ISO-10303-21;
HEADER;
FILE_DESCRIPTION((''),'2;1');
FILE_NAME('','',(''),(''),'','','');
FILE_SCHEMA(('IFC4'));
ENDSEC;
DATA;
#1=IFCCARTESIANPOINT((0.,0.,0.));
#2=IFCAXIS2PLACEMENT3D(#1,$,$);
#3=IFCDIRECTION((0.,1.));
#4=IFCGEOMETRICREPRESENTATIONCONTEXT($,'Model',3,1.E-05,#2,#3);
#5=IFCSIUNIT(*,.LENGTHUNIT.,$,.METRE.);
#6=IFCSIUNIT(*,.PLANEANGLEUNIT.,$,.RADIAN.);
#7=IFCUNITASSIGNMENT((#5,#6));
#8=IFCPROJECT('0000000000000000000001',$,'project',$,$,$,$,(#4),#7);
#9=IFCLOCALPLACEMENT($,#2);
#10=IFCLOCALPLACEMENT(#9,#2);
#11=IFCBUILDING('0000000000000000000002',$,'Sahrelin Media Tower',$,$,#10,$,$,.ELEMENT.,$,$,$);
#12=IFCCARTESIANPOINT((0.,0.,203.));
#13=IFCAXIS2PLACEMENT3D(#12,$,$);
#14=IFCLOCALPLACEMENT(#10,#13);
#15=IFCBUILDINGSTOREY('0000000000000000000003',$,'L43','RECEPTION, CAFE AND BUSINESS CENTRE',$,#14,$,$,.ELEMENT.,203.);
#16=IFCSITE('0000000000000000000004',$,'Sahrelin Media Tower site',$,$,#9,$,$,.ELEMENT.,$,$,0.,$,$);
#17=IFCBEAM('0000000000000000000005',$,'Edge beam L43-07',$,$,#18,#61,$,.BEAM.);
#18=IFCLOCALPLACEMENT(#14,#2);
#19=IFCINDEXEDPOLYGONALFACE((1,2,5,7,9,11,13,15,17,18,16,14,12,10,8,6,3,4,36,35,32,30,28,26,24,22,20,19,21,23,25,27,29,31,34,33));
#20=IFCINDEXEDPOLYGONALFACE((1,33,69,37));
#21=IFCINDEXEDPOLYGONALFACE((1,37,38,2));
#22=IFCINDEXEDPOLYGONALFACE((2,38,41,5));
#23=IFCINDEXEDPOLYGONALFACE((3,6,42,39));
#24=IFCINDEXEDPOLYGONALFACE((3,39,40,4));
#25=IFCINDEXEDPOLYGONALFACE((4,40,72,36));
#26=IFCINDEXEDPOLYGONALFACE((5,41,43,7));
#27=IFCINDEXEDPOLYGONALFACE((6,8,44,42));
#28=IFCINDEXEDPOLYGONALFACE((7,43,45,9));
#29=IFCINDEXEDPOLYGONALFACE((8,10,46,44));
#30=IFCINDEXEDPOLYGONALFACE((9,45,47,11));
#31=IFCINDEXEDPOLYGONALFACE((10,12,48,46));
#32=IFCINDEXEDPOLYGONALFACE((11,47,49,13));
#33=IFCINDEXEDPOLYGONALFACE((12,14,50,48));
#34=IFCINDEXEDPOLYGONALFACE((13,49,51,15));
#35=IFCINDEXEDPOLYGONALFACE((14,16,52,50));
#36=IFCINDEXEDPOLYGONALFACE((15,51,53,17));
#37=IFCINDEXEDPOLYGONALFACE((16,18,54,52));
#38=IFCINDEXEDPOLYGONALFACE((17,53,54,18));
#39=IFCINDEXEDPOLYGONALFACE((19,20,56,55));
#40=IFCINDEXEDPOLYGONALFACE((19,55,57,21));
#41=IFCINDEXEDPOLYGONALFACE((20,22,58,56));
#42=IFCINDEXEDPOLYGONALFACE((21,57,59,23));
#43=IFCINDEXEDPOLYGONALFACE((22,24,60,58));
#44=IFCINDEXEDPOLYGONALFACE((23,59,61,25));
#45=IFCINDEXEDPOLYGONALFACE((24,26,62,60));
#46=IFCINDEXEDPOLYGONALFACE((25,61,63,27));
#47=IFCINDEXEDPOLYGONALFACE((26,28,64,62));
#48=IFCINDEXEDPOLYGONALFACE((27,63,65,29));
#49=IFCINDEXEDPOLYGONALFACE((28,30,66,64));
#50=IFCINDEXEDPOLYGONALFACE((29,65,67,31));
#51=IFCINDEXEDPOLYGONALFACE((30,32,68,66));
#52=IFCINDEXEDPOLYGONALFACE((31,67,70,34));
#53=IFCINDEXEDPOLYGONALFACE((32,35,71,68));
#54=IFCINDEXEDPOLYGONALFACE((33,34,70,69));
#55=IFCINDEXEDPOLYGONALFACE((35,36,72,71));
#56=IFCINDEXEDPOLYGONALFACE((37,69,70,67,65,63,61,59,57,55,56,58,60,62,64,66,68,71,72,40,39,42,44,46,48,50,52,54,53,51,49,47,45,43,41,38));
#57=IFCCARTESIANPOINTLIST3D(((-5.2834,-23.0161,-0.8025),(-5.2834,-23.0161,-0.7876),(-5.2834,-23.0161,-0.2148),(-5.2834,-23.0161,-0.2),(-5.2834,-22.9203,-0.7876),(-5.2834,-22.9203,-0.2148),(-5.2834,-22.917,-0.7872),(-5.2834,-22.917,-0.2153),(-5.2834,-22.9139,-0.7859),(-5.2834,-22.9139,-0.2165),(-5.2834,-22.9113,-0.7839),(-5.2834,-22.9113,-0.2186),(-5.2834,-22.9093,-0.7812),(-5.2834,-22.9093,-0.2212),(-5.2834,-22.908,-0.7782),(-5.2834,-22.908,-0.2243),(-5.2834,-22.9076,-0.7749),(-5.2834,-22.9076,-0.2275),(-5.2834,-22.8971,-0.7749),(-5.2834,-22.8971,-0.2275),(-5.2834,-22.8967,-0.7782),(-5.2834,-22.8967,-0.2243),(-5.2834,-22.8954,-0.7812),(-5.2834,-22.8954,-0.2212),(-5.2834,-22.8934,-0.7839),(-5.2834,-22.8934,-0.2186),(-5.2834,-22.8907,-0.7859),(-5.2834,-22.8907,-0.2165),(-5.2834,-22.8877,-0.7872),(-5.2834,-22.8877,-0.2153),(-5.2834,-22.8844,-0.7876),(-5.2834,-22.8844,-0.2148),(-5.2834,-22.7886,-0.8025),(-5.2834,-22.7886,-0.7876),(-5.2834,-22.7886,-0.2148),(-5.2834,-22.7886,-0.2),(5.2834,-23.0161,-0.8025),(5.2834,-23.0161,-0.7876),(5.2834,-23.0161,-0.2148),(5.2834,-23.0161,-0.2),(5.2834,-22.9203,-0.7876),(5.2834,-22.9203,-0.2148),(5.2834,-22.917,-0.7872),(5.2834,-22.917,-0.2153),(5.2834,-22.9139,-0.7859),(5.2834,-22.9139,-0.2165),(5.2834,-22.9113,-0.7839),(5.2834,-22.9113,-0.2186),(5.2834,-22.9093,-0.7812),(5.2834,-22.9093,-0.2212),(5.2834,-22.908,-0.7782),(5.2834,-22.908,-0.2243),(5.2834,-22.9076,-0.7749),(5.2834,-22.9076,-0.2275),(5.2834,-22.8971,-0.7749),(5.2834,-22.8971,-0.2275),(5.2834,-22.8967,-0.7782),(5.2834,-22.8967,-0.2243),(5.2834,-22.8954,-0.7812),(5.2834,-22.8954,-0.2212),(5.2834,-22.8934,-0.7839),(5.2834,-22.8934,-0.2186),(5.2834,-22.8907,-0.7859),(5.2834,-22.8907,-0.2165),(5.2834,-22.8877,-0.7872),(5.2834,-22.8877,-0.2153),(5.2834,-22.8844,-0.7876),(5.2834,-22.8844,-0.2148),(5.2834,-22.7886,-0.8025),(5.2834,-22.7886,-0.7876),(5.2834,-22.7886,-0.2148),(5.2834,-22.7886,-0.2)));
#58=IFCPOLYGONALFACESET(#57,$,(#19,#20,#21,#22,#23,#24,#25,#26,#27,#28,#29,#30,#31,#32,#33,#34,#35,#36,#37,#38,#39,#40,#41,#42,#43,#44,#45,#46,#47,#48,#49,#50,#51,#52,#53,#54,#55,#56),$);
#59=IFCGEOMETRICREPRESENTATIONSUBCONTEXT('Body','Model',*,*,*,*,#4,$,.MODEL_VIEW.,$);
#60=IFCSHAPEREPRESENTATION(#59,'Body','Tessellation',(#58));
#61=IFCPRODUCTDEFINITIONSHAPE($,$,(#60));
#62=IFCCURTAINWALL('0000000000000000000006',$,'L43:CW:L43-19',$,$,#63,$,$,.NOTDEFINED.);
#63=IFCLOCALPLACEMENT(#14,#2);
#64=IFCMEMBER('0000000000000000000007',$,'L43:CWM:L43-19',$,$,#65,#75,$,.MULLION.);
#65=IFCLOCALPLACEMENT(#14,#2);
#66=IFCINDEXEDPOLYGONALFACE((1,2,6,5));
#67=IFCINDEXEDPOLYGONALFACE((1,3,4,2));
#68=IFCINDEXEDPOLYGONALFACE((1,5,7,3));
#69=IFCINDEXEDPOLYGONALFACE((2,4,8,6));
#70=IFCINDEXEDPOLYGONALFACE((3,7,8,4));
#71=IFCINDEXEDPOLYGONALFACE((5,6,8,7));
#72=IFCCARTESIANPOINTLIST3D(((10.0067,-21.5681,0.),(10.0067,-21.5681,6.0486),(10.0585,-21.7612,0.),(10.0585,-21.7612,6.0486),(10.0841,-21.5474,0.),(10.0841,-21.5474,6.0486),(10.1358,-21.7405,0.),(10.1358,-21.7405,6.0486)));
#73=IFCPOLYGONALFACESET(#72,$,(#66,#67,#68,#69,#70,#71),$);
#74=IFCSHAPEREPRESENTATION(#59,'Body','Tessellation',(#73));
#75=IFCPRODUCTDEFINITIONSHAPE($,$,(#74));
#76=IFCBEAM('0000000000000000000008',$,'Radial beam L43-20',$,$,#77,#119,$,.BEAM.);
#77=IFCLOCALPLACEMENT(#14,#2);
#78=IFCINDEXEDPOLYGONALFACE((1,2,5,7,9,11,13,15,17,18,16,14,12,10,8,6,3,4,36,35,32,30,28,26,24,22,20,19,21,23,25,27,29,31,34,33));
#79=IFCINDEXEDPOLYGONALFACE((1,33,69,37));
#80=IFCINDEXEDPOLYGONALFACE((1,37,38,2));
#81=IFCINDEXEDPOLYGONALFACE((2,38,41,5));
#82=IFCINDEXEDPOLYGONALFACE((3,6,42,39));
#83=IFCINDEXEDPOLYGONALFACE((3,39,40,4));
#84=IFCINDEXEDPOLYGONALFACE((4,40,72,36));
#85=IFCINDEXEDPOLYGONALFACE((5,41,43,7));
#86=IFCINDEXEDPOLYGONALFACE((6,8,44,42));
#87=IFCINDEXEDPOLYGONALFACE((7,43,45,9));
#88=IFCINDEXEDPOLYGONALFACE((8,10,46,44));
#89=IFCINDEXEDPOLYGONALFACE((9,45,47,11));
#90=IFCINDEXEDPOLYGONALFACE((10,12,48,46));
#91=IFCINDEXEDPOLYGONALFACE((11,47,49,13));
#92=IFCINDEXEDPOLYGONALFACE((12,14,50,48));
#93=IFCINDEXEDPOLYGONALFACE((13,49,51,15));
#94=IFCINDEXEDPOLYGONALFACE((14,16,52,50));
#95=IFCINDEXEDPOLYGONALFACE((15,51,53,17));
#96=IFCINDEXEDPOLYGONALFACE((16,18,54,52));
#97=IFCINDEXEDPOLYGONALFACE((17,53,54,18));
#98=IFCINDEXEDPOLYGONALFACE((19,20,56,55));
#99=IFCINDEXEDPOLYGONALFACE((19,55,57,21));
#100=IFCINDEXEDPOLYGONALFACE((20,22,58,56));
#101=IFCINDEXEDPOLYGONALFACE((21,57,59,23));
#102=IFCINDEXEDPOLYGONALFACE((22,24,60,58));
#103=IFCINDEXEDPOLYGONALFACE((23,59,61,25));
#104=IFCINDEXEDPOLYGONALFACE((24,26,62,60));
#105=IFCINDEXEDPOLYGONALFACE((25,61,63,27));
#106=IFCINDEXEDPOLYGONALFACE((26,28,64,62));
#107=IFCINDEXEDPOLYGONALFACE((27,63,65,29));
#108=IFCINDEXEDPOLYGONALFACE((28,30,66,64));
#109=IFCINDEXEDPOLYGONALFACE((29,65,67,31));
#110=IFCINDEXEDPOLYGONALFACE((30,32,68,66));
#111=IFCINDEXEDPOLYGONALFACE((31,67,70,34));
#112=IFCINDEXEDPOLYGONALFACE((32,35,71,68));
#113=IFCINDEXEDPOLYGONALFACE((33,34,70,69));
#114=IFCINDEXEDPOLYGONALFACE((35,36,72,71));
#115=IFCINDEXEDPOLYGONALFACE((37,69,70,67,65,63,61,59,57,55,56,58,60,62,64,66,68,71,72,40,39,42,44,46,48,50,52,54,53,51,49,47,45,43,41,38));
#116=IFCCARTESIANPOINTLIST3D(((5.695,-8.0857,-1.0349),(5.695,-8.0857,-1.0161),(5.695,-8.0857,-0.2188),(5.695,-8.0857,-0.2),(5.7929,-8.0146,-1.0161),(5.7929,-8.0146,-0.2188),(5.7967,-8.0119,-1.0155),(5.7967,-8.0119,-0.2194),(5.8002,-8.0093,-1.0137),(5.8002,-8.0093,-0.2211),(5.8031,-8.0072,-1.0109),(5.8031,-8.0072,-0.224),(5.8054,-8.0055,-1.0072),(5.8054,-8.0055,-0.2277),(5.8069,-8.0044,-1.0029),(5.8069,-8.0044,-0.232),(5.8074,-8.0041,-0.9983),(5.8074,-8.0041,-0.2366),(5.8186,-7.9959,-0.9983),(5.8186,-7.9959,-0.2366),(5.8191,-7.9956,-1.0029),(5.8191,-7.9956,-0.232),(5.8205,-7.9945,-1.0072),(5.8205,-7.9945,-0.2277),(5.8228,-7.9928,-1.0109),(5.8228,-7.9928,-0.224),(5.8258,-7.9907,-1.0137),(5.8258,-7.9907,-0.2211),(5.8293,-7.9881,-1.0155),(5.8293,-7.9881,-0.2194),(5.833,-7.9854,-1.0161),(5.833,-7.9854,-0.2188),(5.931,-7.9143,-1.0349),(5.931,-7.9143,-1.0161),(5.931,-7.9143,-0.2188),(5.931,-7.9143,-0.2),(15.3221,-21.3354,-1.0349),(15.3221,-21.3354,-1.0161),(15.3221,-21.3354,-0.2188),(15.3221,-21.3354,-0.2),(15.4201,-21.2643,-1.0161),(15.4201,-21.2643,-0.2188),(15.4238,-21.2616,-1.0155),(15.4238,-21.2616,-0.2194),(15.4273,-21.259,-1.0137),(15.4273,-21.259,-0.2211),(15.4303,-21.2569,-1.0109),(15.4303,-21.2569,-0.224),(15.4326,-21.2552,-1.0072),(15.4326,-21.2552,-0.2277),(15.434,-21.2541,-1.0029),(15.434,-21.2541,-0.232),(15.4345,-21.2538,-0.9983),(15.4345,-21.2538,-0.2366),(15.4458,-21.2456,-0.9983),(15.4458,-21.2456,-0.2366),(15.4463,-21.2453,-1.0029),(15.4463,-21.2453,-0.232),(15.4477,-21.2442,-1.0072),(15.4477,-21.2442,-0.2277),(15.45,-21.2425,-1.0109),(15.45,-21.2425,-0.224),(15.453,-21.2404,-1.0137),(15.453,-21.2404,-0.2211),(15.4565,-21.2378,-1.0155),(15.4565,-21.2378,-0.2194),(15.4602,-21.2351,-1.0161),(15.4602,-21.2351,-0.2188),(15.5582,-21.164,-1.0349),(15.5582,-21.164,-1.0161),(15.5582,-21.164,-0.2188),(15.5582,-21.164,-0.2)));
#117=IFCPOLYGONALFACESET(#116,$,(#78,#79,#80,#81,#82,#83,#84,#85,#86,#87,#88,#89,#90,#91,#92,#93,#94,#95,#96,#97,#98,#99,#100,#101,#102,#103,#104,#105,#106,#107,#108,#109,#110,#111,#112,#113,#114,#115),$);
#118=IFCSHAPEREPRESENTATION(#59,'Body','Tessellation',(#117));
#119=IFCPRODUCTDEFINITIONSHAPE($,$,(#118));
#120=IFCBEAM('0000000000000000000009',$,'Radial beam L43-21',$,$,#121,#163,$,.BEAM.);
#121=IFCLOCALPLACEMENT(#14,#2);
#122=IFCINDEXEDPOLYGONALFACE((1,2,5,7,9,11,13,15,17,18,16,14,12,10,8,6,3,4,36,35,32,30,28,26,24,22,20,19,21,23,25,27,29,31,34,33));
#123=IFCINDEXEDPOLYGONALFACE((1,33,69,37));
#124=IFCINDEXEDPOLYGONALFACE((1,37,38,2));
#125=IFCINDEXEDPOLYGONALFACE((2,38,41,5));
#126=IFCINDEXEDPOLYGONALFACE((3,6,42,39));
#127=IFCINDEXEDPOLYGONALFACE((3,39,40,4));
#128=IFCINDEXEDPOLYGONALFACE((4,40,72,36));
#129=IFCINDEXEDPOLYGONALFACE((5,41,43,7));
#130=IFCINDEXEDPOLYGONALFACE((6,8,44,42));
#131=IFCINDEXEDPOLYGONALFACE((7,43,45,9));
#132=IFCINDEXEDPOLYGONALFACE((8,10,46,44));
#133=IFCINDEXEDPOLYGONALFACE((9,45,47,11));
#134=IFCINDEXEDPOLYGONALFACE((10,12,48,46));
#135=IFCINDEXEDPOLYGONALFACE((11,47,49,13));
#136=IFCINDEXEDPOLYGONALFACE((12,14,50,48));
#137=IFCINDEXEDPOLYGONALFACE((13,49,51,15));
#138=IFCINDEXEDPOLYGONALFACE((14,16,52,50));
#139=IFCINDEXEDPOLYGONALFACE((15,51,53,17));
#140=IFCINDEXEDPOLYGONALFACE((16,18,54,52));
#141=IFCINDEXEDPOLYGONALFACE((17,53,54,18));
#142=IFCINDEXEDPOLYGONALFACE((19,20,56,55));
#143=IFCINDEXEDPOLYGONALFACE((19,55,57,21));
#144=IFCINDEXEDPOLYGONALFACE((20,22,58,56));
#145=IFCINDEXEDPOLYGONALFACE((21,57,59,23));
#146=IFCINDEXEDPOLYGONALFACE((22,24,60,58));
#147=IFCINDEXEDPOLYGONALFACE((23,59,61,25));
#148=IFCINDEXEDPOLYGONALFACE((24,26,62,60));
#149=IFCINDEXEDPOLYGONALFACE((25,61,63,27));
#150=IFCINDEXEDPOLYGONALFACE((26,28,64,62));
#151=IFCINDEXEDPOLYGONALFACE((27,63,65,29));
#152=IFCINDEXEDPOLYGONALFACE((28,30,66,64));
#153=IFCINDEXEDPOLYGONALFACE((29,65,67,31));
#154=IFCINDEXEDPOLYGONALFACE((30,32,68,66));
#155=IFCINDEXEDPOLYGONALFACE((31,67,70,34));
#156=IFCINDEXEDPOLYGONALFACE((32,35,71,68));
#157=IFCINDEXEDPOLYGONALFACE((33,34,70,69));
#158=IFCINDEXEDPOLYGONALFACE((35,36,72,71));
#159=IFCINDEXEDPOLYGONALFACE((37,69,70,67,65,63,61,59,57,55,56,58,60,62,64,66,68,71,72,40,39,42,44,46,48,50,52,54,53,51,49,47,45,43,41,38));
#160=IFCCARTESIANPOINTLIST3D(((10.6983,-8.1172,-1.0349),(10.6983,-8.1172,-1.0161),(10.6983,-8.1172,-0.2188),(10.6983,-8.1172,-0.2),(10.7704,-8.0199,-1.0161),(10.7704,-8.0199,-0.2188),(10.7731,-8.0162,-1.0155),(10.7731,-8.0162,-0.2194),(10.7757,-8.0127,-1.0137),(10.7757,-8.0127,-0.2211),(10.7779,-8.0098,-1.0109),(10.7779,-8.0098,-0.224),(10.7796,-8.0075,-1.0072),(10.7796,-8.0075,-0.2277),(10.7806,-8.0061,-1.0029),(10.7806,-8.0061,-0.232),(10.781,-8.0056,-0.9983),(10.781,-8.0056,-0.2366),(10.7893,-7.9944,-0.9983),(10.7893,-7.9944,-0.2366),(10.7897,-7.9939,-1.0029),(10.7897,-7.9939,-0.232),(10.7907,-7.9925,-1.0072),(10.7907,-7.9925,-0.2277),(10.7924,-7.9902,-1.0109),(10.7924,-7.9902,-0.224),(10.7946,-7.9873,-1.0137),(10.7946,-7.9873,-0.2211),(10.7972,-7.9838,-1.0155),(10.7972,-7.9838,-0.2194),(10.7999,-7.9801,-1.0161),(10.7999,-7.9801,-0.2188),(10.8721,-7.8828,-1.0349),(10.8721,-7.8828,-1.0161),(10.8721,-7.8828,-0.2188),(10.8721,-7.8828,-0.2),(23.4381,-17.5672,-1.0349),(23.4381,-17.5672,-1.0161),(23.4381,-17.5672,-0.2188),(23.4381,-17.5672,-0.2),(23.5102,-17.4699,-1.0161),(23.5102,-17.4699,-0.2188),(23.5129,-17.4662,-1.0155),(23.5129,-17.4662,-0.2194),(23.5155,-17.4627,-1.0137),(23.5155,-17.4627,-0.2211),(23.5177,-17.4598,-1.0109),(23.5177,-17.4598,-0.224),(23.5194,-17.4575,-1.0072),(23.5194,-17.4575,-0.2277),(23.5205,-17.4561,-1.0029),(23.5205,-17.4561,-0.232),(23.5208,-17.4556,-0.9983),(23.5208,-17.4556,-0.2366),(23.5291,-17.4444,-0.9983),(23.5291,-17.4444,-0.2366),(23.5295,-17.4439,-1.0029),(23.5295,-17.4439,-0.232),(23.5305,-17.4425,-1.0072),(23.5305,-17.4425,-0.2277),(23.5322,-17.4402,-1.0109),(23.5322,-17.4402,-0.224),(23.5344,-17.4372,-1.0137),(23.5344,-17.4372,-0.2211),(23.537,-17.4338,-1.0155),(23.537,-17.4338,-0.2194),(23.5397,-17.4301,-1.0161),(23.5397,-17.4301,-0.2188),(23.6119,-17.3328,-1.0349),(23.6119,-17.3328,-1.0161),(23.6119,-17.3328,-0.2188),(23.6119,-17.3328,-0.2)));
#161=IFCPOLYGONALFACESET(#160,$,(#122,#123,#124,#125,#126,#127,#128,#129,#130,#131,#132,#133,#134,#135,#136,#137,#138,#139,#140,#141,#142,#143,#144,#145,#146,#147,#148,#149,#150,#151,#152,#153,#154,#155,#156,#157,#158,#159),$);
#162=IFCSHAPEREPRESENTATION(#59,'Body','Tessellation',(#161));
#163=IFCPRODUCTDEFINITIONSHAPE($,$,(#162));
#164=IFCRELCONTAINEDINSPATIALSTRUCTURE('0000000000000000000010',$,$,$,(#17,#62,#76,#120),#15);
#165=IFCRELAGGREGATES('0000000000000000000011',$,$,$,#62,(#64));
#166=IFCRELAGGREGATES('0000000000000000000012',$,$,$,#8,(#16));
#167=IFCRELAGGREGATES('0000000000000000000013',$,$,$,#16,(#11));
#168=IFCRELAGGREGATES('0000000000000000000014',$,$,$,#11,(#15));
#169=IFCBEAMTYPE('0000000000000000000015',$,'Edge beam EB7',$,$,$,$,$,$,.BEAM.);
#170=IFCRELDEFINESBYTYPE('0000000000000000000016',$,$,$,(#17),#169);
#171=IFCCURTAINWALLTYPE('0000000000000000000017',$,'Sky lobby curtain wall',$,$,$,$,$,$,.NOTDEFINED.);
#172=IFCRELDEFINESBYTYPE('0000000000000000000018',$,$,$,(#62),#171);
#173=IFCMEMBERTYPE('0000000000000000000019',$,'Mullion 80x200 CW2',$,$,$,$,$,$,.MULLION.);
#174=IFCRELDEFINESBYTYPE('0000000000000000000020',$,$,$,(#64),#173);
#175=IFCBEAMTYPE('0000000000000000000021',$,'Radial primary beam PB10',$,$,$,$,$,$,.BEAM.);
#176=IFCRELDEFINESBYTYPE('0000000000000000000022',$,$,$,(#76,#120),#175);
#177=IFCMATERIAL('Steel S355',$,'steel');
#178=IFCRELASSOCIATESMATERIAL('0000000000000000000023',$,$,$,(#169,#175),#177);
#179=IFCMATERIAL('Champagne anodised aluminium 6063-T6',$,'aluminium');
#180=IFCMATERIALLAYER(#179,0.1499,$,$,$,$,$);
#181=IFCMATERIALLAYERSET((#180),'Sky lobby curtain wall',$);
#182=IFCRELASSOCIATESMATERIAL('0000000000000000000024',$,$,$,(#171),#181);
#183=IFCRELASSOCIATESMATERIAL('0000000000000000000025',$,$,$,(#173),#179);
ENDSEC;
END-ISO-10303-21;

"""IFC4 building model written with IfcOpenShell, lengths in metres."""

from ifc_helpers import new_model, si_unit, direction, frame, origin, origin_2d, place, context, subcontext, project, spatial, rectangle, i_section, extrude, material, layer, layer_set, material_profile, profile_set, type_object, element, aggregate, save


model = new_model("IFC4")

# Units and contexts
model_context = context("Model", 3, precision=1e-05, world=origin(), true_north=direction((0.0, 1.0)))
body_context = subcontext(model_context, "Body", "Model", "MODEL_VIEW")
ifc_project = project(units=[si_unit("LENGTHUNIT", "METRE"), si_unit("PLANEANGLEUNIT", "RADIAN")], contexts=[model_context])

# Site, building, storey
site_placement = place(None, origin())
site = spatial("IfcSite", under=ifc_project, at=site_placement, Name="Sahrelin Media Tower site", CompositionType="ELEMENT", RefElevation=0.0)
building_placement = place(site_placement, origin())
building = spatial("IfcBuilding", under=site, at=building_placement, Name="Sahrelin Media Tower", CompositionType="ELEMENT")
storey_placement = place(building_placement, frame((0.0, 0.0, 203.0)))
storey = spatial("IfcBuildingStorey", under=building, at=storey_placement, Name="L43", Description="RECEPTION, CAFE AND BUSINESS CENTRE", CompositionType="ELEMENT", Elevation=203.0)

# Beam
ifc_material_1 = material(Name="Steel S355", Category="steel")
ifc_material_profile_1 = material_profile(ifc_material_1, i_section(OverallWidth=0.2275, OverallDepth=0.6025, WebThickness=0.0105, FlangeThickness=0.0149, FilletRadius=0.0127, at=origin_2d()), Name="UB 610x229x101")
ifc_profile_set_1 = profile_set([ifc_material_profile_1], Name="Steel S355")
beam_type_1 = type_object("IfcBeamType", Name="Edge beam EB7", PredefinedType="BEAM", material=ifc_profile_set_1)
beam_1_placement = place(storey_placement, frame((5.2834, -22.9023, -0.5012), z_axis=(-1.0, 0.0, 0.0), x_axis=(0.0, -1.0, 0.0)))
element("IfcBeam", 1, at=beam_1_placement, inside=storey, type_object=beam_type_1, Name="Edge beam L43-07", PredefinedType="BEAM", context=body_context, shape_type="SweptSolid", body=[
    extrude(i_section(OverallWidth=0.2275, OverallDepth=0.6025, WebThickness=0.0105, FlangeThickness=0.0149, FilletRadius=0.0127, at=origin_2d()), origin(), (0.0, 0.0, 1.0), 10.5669),
])

# Curtain wall, member
ifc_material_2 = material(Name="Champagne anodised aluminium 6063-T6", Category="aluminium")
ifc_layer_1 = layer(ifc_material_2, 0.1499)
ifc_layer_set_1 = layer_set([ifc_layer_1], Name="Sky lobby curtain wall")
curtain_wall_type = type_object("IfcCurtainWallType", Name="Sky lobby curtain wall", PredefinedType="NOTDEFINED", material=ifc_layer_set_1)
curtain_wall_placement = place(storey_placement, frame((10.1023, -21.7705, 0.0), z_axis=(0.0, 0.0, 1.0), x_axis=(1.0, 0.0, 0.0)))
curtain_wall = element("IfcCurtainWall", 2, at=curtain_wall_placement, inside=storey, type_object=curtain_wall_type, Name="L43:CW:L43-19", PredefinedType="NOTDEFINED")
ifc_material_profile_2 = material_profile(ifc_material_2, rectangle(XDim=0.0801, YDim=0.2, at=origin_2d()), Name="Mullion 80x200")
ifc_profile_set_2 = profile_set([ifc_material_profile_2], Name="Champagne anodised aluminium 6063-T6")
member_type_1 = type_object("IfcMemberType", Name="Mullion 80x200 CW2", PredefinedType="MULLION", material=ifc_profile_set_2)
member_1_placement = place(storey_placement, frame((10.0713, -21.6543, 0.0), z_axis=(0.0, 0.0, 1.0), x_axis=(0.965925, 0.258822, 0.0)))
member_1 = element("IfcMember", 3, at=member_1_placement, type_object=member_type_1, Name="L43:CWM:L43-19", PredefinedType="MULLION", context=body_context, shape_type="SweptSolid", body=[
    extrude(rectangle(XDim=0.0801, YDim=0.2, at=origin_2d()), origin(), (0.0, 0.0, 1.0), 6.0486),
])

# Beams
ifc_material_profile_3 = material_profile(ifc_material_1, i_section(OverallWidth=0.2917, OverallDepth=0.835, WebThickness=0.0139, FlangeThickness=0.0188, FilletRadius=0.0178, at=origin_2d()), Name="UB 838x292x176")
ifc_profile_set_3 = profile_set([ifc_material_profile_3], Name="Steel S355")
beam_type_2 = type_object("IfcBeamType", Name="Radial primary beam PB10", PredefinedType="BEAM", material=ifc_profile_set_3)
beam_2_placement = place(storey_placement, frame((5.813, -8.0, -0.6174), z_axis=(0.587813, -0.808997, 0.0), x_axis=(0.808997, 0.587813, 0.0)))
element("IfcBeam", 4, at=beam_2_placement, inside=storey, type_object=beam_type_2, Name="Radial beam L43-20", PredefinedType="BEAM", context=body_context, shape_type="SweptSolid", body=[
    extrude(i_section(OverallWidth=0.2917, OverallDepth=0.835, WebThickness=0.0139, FlangeThickness=0.0188, FilletRadius=0.0178, at=origin_2d()), origin(), (0.0, 0.0, 1.0), 16.3779),
])
beam_3_placement = place(storey_placement, frame((10.7852, -8.0, -0.6174), z_axis=(0.803162, -0.595761, 0.0), x_axis=(0.595761, 0.803162, 0.0)))
element("IfcBeam", 5, at=beam_3_placement, inside=storey, type_object=beam_type_2, Name="Radial beam L43-21", PredefinedType="BEAM", context=body_context, shape_type="SweptSolid", body=[
    extrude(i_section(OverallWidth=0.2917, OverallDepth=0.835, WebThickness=0.0139, FlangeThickness=0.0188, FilletRadius=0.0178, at=origin_2d()), origin(), (0.0, 0.0, 1.0), 15.8621),
])

aggregate(curtain_wall, [member_1])

save(model, "model.ifc")
